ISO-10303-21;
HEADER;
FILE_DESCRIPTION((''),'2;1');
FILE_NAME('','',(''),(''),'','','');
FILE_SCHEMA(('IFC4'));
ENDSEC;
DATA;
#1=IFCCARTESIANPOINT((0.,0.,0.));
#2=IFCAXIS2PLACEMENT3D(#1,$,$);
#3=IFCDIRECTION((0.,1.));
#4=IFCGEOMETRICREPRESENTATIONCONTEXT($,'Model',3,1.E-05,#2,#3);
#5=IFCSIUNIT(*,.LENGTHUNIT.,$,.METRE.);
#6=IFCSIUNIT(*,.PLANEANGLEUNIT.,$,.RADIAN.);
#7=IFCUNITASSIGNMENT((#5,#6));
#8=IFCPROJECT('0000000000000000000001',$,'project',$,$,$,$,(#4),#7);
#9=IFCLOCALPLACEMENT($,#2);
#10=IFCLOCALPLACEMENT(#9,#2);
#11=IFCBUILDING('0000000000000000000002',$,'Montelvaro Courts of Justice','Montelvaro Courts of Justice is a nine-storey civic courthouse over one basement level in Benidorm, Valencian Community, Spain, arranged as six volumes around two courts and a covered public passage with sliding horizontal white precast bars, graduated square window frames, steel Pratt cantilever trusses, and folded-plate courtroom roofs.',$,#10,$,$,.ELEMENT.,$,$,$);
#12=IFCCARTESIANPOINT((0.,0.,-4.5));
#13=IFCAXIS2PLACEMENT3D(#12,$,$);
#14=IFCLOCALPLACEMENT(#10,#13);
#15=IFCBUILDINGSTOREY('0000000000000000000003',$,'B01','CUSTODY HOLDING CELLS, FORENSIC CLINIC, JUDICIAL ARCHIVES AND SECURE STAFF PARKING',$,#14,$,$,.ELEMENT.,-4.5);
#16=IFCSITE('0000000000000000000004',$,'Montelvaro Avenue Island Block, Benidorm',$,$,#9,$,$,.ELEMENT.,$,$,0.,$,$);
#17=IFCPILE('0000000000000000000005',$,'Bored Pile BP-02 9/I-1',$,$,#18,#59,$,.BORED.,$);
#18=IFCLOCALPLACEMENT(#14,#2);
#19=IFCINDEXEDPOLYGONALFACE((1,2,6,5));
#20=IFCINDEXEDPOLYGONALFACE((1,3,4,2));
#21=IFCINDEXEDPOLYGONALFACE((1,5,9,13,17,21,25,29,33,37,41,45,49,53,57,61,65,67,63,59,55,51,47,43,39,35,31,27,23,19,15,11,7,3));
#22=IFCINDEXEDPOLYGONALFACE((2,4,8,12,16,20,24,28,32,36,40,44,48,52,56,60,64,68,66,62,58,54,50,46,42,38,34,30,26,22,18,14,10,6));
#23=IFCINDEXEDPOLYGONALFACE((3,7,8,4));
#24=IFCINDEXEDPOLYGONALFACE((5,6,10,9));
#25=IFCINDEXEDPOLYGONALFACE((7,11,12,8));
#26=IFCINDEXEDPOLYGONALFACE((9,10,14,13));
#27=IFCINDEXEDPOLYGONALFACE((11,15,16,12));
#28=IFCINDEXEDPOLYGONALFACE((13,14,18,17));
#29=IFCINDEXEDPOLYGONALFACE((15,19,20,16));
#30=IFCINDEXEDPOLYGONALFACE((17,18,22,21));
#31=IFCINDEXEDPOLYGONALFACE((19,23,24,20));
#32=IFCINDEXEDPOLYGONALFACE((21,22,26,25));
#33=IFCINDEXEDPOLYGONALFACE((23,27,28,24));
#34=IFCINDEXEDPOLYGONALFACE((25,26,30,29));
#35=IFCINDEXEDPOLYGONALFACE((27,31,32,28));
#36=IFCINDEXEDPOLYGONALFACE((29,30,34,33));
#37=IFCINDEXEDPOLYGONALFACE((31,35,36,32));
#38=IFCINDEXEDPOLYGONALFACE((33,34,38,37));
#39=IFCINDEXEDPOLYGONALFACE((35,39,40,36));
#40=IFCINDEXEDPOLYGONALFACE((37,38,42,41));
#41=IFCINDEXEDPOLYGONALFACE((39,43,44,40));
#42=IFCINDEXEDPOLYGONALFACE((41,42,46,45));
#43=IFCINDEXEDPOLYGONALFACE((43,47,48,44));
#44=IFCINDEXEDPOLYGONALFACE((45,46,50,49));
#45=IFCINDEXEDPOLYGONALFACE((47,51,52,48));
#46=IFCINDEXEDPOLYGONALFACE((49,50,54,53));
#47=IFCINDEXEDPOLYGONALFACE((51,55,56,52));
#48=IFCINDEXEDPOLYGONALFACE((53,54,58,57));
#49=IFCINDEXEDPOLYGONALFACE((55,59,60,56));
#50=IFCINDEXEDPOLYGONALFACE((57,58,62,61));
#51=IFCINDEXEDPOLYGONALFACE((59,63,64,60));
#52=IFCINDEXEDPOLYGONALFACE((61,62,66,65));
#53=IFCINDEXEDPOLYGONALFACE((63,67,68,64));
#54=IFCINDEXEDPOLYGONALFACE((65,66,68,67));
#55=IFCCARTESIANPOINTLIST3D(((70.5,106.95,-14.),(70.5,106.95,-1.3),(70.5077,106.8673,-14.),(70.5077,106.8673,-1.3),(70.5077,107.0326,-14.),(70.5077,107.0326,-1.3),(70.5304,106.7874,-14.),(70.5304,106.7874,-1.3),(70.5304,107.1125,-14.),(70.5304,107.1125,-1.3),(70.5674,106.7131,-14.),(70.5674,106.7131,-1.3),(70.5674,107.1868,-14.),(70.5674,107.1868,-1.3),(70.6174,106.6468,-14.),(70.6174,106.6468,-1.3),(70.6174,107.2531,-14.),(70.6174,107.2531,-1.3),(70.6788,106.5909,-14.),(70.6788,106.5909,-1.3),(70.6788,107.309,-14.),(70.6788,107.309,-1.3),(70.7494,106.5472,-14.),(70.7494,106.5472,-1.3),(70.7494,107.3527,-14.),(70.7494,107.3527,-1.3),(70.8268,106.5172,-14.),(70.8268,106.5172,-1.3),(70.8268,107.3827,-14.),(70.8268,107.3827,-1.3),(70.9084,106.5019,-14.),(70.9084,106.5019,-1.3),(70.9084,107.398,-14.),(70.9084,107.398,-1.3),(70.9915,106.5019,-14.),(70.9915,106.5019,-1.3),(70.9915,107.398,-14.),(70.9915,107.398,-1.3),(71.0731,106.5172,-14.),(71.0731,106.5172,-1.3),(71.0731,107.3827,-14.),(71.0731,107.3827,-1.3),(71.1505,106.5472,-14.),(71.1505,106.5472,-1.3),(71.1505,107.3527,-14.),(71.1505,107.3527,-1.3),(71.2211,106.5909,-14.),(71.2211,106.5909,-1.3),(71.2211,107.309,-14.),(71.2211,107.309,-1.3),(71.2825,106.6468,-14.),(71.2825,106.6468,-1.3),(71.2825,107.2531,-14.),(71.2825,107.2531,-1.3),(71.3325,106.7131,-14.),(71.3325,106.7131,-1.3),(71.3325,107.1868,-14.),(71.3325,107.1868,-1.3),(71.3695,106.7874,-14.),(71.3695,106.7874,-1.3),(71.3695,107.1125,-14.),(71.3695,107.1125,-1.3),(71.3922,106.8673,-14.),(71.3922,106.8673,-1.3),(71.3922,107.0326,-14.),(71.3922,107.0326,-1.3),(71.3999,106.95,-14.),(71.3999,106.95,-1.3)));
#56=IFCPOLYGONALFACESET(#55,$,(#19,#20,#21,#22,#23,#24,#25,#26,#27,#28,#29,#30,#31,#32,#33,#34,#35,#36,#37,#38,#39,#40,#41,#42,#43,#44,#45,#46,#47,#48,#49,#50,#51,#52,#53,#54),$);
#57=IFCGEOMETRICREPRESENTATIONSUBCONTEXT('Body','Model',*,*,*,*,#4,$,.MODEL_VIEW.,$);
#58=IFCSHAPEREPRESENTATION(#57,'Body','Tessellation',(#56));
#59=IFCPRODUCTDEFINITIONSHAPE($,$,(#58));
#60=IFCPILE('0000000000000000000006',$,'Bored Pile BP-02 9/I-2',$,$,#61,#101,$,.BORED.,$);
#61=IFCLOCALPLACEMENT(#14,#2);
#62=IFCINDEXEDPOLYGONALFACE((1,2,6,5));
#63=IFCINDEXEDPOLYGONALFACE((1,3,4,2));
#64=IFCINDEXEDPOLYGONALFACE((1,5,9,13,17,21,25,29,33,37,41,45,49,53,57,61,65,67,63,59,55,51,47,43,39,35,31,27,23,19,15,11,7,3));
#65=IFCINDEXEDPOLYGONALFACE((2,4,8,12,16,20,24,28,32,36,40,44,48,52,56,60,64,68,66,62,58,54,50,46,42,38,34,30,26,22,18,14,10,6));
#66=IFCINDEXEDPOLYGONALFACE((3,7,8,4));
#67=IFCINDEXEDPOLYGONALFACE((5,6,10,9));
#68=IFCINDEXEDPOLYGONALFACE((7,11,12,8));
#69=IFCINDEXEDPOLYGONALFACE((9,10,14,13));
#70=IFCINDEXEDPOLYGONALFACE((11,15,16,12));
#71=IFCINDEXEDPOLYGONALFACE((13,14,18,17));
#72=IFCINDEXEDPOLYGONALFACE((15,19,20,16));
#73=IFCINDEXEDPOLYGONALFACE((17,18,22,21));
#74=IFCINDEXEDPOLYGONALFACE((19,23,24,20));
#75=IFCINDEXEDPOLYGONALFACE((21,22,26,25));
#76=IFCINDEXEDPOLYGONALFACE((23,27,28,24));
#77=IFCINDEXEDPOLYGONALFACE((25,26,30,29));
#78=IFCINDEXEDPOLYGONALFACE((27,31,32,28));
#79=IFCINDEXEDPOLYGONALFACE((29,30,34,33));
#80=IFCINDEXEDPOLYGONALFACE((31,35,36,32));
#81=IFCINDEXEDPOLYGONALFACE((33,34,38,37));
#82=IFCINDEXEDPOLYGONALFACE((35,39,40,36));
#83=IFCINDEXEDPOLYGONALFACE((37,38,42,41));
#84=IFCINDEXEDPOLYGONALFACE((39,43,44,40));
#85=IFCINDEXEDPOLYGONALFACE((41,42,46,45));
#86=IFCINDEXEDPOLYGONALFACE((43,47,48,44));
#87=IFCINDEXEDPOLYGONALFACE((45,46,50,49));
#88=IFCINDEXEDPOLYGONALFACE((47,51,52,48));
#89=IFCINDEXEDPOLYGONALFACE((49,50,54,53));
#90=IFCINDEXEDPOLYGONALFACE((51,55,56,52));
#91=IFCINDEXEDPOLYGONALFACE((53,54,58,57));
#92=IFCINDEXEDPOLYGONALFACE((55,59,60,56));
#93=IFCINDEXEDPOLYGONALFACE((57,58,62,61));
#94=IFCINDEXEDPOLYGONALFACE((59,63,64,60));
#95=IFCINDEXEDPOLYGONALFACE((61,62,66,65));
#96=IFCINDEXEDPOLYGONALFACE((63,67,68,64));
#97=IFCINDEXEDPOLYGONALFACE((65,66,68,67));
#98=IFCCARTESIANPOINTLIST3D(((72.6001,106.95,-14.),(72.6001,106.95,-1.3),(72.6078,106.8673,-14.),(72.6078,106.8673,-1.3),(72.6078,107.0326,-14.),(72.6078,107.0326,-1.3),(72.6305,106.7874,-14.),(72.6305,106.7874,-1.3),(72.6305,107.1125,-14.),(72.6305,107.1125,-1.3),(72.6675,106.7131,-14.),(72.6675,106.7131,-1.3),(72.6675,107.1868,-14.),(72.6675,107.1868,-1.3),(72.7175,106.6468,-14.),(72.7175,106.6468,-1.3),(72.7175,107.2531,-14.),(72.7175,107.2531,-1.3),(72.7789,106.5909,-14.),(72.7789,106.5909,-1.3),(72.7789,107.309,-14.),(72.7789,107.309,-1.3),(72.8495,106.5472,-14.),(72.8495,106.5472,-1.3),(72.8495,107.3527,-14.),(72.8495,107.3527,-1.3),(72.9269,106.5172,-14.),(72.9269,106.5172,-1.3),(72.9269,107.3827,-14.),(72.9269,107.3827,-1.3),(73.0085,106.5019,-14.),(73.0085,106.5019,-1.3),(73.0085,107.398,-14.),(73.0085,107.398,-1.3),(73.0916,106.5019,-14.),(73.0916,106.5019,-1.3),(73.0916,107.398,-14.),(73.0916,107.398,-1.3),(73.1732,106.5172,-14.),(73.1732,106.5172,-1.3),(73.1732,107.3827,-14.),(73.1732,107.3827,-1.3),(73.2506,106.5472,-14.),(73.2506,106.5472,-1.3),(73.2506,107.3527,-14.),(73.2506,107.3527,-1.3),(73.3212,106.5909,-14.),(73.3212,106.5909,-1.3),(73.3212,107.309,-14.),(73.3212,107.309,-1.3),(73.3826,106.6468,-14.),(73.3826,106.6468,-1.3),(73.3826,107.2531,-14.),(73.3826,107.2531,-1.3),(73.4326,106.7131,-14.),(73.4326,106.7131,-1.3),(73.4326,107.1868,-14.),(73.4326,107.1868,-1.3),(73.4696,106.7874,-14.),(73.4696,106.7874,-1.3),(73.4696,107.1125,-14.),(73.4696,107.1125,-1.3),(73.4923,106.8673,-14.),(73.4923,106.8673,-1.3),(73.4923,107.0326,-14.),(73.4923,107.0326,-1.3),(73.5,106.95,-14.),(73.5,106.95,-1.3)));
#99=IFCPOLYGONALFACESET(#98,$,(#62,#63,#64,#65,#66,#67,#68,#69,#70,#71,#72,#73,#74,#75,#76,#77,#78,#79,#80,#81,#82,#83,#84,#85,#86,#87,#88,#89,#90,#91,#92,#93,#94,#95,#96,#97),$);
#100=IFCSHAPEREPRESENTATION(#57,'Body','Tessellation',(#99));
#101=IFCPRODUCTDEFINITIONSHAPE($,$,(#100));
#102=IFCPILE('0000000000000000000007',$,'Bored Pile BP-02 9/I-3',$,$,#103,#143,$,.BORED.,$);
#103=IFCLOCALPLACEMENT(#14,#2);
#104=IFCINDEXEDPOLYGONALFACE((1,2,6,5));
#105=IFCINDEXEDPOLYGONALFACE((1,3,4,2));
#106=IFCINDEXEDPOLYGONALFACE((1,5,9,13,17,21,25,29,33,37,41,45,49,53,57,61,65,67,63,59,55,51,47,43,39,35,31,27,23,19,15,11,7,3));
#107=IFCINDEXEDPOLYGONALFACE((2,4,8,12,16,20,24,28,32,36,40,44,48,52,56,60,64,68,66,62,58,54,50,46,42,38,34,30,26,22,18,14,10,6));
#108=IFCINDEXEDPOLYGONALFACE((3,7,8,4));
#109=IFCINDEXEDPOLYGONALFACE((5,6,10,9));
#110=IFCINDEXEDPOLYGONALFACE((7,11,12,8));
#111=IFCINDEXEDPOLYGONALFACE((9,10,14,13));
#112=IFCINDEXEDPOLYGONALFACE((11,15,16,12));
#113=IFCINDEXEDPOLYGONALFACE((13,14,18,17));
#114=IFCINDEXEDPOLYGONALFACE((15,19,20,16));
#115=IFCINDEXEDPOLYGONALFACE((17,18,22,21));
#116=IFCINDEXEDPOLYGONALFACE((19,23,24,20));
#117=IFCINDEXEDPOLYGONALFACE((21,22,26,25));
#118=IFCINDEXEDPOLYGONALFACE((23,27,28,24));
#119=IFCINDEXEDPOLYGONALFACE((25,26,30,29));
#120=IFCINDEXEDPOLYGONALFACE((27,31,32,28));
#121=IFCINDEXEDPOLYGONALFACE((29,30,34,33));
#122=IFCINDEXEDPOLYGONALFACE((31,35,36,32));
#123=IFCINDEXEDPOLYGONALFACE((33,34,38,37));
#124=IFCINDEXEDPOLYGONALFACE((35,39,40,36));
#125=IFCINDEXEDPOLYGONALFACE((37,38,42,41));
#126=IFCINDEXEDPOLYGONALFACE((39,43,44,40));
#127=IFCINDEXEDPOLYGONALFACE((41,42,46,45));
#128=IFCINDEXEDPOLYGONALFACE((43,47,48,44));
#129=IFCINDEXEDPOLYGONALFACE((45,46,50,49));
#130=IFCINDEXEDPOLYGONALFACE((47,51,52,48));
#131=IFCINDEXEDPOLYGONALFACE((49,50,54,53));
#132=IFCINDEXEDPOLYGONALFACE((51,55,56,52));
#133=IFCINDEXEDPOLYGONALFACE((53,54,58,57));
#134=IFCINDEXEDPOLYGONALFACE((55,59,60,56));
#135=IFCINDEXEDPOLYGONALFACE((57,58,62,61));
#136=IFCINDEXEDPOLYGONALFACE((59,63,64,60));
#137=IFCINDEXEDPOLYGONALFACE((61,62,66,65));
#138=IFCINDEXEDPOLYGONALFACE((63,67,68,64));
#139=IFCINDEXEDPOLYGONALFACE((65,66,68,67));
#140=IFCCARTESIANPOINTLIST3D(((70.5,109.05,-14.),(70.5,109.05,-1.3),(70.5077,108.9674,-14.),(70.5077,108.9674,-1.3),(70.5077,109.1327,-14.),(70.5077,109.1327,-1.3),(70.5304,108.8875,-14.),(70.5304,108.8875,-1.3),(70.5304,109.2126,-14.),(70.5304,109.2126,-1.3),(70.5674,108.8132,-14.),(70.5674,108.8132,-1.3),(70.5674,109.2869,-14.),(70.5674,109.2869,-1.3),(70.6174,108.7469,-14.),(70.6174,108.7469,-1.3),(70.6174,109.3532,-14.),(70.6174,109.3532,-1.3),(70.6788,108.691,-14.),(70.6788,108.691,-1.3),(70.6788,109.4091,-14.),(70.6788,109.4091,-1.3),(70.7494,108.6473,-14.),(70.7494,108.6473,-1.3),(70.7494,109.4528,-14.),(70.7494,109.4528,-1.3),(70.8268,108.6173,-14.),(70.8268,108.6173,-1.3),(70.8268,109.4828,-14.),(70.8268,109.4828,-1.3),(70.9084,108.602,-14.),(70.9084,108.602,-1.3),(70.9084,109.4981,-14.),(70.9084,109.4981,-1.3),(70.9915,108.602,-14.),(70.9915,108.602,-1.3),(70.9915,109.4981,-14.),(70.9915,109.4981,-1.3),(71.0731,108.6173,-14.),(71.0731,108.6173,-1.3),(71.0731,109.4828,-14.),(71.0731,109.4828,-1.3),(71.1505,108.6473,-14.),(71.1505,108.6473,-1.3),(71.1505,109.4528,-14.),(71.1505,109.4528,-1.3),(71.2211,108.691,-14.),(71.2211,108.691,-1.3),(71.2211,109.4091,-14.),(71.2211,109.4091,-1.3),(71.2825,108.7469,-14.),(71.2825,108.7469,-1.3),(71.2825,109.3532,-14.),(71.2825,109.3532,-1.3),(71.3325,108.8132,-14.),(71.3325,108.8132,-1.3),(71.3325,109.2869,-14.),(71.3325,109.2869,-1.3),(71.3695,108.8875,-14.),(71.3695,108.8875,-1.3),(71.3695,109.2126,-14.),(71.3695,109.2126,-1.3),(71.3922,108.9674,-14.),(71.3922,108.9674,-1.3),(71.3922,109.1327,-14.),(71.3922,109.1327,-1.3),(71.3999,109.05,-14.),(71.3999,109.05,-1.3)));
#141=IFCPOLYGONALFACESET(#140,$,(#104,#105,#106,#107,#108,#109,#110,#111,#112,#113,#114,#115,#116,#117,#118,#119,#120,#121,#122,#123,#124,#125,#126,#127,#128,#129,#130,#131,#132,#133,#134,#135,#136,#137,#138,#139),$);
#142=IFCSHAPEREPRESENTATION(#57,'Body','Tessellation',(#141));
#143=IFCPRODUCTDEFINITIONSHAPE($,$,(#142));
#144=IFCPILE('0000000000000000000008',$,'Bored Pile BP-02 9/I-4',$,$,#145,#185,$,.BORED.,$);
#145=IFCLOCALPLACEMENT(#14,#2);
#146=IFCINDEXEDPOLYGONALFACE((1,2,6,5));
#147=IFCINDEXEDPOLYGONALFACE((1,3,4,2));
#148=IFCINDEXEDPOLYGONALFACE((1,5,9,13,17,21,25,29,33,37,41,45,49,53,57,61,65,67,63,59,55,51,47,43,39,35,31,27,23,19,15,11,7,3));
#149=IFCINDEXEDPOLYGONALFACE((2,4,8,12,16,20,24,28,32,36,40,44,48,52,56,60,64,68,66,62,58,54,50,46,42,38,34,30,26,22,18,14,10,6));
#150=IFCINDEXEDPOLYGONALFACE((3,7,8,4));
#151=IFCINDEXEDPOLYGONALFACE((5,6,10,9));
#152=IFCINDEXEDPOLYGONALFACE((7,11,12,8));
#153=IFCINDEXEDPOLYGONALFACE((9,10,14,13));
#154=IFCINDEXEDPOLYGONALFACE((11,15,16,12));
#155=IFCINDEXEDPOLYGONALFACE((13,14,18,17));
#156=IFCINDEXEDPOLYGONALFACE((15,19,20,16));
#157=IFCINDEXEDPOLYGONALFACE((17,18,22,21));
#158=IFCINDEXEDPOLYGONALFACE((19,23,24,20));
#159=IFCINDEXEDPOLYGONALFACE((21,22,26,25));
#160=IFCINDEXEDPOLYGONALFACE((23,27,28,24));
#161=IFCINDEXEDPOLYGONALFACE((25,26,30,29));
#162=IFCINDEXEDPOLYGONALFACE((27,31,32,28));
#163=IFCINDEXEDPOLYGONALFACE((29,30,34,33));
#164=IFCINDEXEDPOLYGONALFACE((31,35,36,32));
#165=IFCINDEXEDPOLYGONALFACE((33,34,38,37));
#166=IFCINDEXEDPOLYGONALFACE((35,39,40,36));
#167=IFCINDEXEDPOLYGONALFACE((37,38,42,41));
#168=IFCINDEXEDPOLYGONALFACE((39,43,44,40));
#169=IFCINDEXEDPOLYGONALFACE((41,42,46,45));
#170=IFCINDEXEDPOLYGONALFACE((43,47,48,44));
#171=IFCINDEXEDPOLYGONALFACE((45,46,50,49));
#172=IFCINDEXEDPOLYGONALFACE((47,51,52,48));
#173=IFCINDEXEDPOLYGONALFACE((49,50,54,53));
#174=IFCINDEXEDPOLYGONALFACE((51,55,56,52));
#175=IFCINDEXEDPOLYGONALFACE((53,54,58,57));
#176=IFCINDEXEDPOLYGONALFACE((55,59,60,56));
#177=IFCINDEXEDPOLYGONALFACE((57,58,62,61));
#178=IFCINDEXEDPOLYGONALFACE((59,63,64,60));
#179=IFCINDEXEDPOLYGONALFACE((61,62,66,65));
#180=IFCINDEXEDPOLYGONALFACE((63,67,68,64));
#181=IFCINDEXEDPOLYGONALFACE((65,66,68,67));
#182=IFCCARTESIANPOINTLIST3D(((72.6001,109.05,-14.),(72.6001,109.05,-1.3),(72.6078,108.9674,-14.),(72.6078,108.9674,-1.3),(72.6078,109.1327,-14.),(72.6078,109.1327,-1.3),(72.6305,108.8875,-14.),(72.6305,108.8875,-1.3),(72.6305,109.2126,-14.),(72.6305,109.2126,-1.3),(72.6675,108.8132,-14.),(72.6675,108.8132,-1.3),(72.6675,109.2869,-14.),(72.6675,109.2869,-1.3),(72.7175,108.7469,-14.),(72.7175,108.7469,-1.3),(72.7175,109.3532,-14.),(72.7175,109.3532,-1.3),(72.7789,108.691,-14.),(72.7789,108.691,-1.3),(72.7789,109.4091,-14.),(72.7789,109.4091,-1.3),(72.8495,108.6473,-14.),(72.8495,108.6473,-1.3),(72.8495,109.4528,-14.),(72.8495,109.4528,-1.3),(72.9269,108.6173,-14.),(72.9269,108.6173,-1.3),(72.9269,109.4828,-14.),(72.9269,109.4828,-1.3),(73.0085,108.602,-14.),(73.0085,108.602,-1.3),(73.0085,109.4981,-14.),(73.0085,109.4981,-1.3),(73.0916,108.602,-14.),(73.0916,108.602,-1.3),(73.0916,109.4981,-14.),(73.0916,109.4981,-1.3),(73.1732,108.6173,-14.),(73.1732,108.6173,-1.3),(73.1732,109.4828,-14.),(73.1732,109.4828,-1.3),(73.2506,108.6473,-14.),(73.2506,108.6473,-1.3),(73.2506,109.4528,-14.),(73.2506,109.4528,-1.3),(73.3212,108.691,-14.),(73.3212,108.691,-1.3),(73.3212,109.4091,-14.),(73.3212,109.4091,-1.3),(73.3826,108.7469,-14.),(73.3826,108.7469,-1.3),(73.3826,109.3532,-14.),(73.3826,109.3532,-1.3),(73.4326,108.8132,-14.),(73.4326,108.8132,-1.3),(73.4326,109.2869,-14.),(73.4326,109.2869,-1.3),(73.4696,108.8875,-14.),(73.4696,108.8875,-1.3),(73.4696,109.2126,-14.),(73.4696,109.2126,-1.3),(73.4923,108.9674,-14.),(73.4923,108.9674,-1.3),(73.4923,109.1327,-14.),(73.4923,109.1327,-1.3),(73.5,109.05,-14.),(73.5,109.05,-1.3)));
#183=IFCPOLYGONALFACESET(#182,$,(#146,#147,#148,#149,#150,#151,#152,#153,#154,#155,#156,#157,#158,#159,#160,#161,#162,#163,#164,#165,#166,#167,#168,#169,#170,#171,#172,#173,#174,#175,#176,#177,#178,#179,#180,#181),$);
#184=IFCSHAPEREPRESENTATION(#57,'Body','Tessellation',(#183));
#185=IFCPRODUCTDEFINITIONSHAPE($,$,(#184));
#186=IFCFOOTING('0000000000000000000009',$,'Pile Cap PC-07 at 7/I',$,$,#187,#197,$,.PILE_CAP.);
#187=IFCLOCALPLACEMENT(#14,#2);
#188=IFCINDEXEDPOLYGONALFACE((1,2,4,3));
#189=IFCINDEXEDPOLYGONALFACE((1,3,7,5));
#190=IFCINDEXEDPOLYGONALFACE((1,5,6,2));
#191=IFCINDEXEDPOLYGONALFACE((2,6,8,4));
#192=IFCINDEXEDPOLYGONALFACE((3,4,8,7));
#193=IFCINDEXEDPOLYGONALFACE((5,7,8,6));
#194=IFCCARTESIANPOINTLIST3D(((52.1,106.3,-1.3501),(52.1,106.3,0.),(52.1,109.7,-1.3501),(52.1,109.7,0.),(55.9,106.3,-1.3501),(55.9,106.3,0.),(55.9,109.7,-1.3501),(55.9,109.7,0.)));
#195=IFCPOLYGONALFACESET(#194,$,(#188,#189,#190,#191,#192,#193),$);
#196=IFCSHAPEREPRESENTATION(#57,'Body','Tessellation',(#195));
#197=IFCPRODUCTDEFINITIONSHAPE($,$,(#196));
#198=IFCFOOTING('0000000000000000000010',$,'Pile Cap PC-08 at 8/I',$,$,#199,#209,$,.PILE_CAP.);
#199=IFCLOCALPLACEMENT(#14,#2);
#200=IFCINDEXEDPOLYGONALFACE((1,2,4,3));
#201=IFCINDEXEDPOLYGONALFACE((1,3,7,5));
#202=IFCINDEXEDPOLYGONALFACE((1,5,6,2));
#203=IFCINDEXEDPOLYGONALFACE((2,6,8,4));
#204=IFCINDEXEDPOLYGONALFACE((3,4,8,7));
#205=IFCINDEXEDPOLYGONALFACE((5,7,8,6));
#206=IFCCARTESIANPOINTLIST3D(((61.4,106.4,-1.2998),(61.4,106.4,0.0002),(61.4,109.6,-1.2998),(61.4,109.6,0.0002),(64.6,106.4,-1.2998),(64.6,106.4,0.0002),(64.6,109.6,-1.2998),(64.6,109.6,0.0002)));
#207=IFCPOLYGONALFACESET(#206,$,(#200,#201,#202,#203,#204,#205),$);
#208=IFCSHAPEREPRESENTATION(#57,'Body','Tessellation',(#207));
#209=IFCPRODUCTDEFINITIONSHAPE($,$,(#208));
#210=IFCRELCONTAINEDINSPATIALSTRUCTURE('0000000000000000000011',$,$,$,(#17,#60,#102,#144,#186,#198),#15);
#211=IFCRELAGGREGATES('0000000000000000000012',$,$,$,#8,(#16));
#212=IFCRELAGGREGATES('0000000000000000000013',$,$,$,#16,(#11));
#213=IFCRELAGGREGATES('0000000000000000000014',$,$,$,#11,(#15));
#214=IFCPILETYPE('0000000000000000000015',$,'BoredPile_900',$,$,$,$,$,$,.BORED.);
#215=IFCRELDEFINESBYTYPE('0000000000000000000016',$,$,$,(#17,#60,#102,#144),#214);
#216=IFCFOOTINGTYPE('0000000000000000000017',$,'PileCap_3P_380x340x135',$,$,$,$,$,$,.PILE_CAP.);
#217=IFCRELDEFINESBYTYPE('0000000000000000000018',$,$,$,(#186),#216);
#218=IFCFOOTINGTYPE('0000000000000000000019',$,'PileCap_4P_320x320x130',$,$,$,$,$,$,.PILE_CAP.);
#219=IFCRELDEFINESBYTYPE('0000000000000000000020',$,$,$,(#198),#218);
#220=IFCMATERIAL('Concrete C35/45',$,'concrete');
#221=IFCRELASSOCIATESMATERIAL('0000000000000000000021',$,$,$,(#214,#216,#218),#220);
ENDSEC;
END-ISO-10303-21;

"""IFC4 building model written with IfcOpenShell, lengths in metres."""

from ifc_helpers import new_model, si_unit, direction, frame, origin, origin_2d, place, context, subcontext, project, spatial, rectangle, circle, extrude, material, material_profile, profile_set, type_object, element, save


model = new_model("IFC4")

# Units and contexts
model_context = context("Model", 3, precision=1e-05, world=origin(), true_north=direction((0.0, 1.0)))
body_context = subcontext(model_context, "Body", "Model", "MODEL_VIEW")
ifc_project = project(units=[si_unit("LENGTHUNIT", "METRE"), si_unit("PLANEANGLEUNIT", "RADIAN")], contexts=[model_context])

# Site, building, storey
site_placement = place(None, origin())
site = spatial("IfcSite", under=ifc_project, at=site_placement, Name="Montelvaro Avenue Island Block, Benidorm", CompositionType="ELEMENT", RefElevation=0.0)
building_placement = place(site_placement, origin())
building = spatial("IfcBuilding", under=site, at=building_placement, Name="Montelvaro Courts of Justice", Description="Montelvaro Courts of Justice is a nine-storey civic courthouse over one basement level in Benidorm, Valencian Community, Spain, arranged as six volumes around two courts and a covered public passage with sliding horizontal white precast bars, graduated square window frames, steel Pratt cantilever trusses, and folded-plate courtroom roofs.", CompositionType="ELEMENT")
storey_placement = place(building_placement, frame((0.0, 0.0, -4.5)))
storey = spatial("IfcBuildingStorey", under=building, at=storey_placement, Name="B01", Description="CUSTODY HOLDING CELLS, FORENSIC CLINIC, JUDICIAL ARCHIVES AND SECURE STAFF PARKING", CompositionType="ELEMENT", Elevation=-4.5)

# Piles
ifc_material_1 = material(Name="Concrete C35/45", Category="concrete")
ifc_material_profile_1 = material_profile(ifc_material_1, circle(Radius=0.45, at=origin_2d()), Name="BORED PILE D900")
ifc_profile_set_1 = profile_set([ifc_material_profile_1], Name="Concrete C35/45")
pile_type_1 = type_object("IfcPileType", Name="BoredPile_900", PredefinedType="BORED", material=ifc_profile_set_1)
for number, where, z_axis, x_axis, name in (
    (1, (70.95, 106.95, -1.3), (0.0, 0.0, -1.0), (1.0, 0.0, 0.0), "Bored Pile BP-02 9/I-1"),
    (2, (73.05, 106.95, -1.3), (0.0, 0.0, -1.0), (1.0, 0.0, 0.0), "Bored Pile BP-02 9/I-2"),
    (3, (70.95, 109.05, -1.3), (0.0, 0.0, -1.0), (1.0, 0.0, 0.0), "Bored Pile BP-02 9/I-3"),
    (4, (73.05, 109.05, -1.3), (0.0, 0.0, -1.0), (1.0, 0.0, 0.0), "Bored Pile BP-02 9/I-4"),
):
    element("IfcPile", number, at=place(storey_placement, frame(where, z_axis=z_axis, x_axis=x_axis)), inside=storey, type_object=pile_type_1, Name=name, PredefinedType="BORED", context=body_context, shape_type="SweptSolid", body=[
        extrude(circle(Radius=0.45, at=origin_2d()), origin(), (0.0, 0.0, 1.0), 12.7),
    ])

# Footings
footing_type_1 = type_object("IfcFootingType", Name="PileCap_3P_380x340x135", PredefinedType="PILE_CAP", material=ifc_material_1)
footing_1_placement = place(storey_placement, frame((54.0, 108.0, -1.3501), z_axis=(0.0, 0.0, 1.0), x_axis=(1.0, 0.0, 0.0)))
element("IfcFooting", 5, at=footing_1_placement, inside=storey, type_object=footing_type_1, Name="Pile Cap PC-07 at 7/I", PredefinedType="PILE_CAP", context=body_context, shape_type="SweptSolid", body=[
    extrude(rectangle(XDim=3.8, YDim=3.3999, at=origin_2d()), origin(), (0.0, 0.0, 1.0), 1.3501),
])
footing_type_2 = type_object("IfcFootingType", Name="PileCap_4P_320x320x130", PredefinedType="PILE_CAP", material=ifc_material_1)
footing_2_placement = place(storey_placement, frame((63.0, 108.0, -1.2998), z_axis=(0.0, 0.0, 1.0), x_axis=(1.0, 0.0, 0.0)))
element("IfcFooting", 6, at=footing_2_placement, inside=storey, type_object=footing_type_2, Name="Pile Cap PC-08 at 8/I", PredefinedType="PILE_CAP", context=body_context, shape_type="SweptSolid", body=[
    extrude(rectangle(XDim=3.2, YDim=3.2, at=origin_2d()), origin(), (0.0, 0.0, 1.0), 1.3),
])

save(model, "model.ifc")
